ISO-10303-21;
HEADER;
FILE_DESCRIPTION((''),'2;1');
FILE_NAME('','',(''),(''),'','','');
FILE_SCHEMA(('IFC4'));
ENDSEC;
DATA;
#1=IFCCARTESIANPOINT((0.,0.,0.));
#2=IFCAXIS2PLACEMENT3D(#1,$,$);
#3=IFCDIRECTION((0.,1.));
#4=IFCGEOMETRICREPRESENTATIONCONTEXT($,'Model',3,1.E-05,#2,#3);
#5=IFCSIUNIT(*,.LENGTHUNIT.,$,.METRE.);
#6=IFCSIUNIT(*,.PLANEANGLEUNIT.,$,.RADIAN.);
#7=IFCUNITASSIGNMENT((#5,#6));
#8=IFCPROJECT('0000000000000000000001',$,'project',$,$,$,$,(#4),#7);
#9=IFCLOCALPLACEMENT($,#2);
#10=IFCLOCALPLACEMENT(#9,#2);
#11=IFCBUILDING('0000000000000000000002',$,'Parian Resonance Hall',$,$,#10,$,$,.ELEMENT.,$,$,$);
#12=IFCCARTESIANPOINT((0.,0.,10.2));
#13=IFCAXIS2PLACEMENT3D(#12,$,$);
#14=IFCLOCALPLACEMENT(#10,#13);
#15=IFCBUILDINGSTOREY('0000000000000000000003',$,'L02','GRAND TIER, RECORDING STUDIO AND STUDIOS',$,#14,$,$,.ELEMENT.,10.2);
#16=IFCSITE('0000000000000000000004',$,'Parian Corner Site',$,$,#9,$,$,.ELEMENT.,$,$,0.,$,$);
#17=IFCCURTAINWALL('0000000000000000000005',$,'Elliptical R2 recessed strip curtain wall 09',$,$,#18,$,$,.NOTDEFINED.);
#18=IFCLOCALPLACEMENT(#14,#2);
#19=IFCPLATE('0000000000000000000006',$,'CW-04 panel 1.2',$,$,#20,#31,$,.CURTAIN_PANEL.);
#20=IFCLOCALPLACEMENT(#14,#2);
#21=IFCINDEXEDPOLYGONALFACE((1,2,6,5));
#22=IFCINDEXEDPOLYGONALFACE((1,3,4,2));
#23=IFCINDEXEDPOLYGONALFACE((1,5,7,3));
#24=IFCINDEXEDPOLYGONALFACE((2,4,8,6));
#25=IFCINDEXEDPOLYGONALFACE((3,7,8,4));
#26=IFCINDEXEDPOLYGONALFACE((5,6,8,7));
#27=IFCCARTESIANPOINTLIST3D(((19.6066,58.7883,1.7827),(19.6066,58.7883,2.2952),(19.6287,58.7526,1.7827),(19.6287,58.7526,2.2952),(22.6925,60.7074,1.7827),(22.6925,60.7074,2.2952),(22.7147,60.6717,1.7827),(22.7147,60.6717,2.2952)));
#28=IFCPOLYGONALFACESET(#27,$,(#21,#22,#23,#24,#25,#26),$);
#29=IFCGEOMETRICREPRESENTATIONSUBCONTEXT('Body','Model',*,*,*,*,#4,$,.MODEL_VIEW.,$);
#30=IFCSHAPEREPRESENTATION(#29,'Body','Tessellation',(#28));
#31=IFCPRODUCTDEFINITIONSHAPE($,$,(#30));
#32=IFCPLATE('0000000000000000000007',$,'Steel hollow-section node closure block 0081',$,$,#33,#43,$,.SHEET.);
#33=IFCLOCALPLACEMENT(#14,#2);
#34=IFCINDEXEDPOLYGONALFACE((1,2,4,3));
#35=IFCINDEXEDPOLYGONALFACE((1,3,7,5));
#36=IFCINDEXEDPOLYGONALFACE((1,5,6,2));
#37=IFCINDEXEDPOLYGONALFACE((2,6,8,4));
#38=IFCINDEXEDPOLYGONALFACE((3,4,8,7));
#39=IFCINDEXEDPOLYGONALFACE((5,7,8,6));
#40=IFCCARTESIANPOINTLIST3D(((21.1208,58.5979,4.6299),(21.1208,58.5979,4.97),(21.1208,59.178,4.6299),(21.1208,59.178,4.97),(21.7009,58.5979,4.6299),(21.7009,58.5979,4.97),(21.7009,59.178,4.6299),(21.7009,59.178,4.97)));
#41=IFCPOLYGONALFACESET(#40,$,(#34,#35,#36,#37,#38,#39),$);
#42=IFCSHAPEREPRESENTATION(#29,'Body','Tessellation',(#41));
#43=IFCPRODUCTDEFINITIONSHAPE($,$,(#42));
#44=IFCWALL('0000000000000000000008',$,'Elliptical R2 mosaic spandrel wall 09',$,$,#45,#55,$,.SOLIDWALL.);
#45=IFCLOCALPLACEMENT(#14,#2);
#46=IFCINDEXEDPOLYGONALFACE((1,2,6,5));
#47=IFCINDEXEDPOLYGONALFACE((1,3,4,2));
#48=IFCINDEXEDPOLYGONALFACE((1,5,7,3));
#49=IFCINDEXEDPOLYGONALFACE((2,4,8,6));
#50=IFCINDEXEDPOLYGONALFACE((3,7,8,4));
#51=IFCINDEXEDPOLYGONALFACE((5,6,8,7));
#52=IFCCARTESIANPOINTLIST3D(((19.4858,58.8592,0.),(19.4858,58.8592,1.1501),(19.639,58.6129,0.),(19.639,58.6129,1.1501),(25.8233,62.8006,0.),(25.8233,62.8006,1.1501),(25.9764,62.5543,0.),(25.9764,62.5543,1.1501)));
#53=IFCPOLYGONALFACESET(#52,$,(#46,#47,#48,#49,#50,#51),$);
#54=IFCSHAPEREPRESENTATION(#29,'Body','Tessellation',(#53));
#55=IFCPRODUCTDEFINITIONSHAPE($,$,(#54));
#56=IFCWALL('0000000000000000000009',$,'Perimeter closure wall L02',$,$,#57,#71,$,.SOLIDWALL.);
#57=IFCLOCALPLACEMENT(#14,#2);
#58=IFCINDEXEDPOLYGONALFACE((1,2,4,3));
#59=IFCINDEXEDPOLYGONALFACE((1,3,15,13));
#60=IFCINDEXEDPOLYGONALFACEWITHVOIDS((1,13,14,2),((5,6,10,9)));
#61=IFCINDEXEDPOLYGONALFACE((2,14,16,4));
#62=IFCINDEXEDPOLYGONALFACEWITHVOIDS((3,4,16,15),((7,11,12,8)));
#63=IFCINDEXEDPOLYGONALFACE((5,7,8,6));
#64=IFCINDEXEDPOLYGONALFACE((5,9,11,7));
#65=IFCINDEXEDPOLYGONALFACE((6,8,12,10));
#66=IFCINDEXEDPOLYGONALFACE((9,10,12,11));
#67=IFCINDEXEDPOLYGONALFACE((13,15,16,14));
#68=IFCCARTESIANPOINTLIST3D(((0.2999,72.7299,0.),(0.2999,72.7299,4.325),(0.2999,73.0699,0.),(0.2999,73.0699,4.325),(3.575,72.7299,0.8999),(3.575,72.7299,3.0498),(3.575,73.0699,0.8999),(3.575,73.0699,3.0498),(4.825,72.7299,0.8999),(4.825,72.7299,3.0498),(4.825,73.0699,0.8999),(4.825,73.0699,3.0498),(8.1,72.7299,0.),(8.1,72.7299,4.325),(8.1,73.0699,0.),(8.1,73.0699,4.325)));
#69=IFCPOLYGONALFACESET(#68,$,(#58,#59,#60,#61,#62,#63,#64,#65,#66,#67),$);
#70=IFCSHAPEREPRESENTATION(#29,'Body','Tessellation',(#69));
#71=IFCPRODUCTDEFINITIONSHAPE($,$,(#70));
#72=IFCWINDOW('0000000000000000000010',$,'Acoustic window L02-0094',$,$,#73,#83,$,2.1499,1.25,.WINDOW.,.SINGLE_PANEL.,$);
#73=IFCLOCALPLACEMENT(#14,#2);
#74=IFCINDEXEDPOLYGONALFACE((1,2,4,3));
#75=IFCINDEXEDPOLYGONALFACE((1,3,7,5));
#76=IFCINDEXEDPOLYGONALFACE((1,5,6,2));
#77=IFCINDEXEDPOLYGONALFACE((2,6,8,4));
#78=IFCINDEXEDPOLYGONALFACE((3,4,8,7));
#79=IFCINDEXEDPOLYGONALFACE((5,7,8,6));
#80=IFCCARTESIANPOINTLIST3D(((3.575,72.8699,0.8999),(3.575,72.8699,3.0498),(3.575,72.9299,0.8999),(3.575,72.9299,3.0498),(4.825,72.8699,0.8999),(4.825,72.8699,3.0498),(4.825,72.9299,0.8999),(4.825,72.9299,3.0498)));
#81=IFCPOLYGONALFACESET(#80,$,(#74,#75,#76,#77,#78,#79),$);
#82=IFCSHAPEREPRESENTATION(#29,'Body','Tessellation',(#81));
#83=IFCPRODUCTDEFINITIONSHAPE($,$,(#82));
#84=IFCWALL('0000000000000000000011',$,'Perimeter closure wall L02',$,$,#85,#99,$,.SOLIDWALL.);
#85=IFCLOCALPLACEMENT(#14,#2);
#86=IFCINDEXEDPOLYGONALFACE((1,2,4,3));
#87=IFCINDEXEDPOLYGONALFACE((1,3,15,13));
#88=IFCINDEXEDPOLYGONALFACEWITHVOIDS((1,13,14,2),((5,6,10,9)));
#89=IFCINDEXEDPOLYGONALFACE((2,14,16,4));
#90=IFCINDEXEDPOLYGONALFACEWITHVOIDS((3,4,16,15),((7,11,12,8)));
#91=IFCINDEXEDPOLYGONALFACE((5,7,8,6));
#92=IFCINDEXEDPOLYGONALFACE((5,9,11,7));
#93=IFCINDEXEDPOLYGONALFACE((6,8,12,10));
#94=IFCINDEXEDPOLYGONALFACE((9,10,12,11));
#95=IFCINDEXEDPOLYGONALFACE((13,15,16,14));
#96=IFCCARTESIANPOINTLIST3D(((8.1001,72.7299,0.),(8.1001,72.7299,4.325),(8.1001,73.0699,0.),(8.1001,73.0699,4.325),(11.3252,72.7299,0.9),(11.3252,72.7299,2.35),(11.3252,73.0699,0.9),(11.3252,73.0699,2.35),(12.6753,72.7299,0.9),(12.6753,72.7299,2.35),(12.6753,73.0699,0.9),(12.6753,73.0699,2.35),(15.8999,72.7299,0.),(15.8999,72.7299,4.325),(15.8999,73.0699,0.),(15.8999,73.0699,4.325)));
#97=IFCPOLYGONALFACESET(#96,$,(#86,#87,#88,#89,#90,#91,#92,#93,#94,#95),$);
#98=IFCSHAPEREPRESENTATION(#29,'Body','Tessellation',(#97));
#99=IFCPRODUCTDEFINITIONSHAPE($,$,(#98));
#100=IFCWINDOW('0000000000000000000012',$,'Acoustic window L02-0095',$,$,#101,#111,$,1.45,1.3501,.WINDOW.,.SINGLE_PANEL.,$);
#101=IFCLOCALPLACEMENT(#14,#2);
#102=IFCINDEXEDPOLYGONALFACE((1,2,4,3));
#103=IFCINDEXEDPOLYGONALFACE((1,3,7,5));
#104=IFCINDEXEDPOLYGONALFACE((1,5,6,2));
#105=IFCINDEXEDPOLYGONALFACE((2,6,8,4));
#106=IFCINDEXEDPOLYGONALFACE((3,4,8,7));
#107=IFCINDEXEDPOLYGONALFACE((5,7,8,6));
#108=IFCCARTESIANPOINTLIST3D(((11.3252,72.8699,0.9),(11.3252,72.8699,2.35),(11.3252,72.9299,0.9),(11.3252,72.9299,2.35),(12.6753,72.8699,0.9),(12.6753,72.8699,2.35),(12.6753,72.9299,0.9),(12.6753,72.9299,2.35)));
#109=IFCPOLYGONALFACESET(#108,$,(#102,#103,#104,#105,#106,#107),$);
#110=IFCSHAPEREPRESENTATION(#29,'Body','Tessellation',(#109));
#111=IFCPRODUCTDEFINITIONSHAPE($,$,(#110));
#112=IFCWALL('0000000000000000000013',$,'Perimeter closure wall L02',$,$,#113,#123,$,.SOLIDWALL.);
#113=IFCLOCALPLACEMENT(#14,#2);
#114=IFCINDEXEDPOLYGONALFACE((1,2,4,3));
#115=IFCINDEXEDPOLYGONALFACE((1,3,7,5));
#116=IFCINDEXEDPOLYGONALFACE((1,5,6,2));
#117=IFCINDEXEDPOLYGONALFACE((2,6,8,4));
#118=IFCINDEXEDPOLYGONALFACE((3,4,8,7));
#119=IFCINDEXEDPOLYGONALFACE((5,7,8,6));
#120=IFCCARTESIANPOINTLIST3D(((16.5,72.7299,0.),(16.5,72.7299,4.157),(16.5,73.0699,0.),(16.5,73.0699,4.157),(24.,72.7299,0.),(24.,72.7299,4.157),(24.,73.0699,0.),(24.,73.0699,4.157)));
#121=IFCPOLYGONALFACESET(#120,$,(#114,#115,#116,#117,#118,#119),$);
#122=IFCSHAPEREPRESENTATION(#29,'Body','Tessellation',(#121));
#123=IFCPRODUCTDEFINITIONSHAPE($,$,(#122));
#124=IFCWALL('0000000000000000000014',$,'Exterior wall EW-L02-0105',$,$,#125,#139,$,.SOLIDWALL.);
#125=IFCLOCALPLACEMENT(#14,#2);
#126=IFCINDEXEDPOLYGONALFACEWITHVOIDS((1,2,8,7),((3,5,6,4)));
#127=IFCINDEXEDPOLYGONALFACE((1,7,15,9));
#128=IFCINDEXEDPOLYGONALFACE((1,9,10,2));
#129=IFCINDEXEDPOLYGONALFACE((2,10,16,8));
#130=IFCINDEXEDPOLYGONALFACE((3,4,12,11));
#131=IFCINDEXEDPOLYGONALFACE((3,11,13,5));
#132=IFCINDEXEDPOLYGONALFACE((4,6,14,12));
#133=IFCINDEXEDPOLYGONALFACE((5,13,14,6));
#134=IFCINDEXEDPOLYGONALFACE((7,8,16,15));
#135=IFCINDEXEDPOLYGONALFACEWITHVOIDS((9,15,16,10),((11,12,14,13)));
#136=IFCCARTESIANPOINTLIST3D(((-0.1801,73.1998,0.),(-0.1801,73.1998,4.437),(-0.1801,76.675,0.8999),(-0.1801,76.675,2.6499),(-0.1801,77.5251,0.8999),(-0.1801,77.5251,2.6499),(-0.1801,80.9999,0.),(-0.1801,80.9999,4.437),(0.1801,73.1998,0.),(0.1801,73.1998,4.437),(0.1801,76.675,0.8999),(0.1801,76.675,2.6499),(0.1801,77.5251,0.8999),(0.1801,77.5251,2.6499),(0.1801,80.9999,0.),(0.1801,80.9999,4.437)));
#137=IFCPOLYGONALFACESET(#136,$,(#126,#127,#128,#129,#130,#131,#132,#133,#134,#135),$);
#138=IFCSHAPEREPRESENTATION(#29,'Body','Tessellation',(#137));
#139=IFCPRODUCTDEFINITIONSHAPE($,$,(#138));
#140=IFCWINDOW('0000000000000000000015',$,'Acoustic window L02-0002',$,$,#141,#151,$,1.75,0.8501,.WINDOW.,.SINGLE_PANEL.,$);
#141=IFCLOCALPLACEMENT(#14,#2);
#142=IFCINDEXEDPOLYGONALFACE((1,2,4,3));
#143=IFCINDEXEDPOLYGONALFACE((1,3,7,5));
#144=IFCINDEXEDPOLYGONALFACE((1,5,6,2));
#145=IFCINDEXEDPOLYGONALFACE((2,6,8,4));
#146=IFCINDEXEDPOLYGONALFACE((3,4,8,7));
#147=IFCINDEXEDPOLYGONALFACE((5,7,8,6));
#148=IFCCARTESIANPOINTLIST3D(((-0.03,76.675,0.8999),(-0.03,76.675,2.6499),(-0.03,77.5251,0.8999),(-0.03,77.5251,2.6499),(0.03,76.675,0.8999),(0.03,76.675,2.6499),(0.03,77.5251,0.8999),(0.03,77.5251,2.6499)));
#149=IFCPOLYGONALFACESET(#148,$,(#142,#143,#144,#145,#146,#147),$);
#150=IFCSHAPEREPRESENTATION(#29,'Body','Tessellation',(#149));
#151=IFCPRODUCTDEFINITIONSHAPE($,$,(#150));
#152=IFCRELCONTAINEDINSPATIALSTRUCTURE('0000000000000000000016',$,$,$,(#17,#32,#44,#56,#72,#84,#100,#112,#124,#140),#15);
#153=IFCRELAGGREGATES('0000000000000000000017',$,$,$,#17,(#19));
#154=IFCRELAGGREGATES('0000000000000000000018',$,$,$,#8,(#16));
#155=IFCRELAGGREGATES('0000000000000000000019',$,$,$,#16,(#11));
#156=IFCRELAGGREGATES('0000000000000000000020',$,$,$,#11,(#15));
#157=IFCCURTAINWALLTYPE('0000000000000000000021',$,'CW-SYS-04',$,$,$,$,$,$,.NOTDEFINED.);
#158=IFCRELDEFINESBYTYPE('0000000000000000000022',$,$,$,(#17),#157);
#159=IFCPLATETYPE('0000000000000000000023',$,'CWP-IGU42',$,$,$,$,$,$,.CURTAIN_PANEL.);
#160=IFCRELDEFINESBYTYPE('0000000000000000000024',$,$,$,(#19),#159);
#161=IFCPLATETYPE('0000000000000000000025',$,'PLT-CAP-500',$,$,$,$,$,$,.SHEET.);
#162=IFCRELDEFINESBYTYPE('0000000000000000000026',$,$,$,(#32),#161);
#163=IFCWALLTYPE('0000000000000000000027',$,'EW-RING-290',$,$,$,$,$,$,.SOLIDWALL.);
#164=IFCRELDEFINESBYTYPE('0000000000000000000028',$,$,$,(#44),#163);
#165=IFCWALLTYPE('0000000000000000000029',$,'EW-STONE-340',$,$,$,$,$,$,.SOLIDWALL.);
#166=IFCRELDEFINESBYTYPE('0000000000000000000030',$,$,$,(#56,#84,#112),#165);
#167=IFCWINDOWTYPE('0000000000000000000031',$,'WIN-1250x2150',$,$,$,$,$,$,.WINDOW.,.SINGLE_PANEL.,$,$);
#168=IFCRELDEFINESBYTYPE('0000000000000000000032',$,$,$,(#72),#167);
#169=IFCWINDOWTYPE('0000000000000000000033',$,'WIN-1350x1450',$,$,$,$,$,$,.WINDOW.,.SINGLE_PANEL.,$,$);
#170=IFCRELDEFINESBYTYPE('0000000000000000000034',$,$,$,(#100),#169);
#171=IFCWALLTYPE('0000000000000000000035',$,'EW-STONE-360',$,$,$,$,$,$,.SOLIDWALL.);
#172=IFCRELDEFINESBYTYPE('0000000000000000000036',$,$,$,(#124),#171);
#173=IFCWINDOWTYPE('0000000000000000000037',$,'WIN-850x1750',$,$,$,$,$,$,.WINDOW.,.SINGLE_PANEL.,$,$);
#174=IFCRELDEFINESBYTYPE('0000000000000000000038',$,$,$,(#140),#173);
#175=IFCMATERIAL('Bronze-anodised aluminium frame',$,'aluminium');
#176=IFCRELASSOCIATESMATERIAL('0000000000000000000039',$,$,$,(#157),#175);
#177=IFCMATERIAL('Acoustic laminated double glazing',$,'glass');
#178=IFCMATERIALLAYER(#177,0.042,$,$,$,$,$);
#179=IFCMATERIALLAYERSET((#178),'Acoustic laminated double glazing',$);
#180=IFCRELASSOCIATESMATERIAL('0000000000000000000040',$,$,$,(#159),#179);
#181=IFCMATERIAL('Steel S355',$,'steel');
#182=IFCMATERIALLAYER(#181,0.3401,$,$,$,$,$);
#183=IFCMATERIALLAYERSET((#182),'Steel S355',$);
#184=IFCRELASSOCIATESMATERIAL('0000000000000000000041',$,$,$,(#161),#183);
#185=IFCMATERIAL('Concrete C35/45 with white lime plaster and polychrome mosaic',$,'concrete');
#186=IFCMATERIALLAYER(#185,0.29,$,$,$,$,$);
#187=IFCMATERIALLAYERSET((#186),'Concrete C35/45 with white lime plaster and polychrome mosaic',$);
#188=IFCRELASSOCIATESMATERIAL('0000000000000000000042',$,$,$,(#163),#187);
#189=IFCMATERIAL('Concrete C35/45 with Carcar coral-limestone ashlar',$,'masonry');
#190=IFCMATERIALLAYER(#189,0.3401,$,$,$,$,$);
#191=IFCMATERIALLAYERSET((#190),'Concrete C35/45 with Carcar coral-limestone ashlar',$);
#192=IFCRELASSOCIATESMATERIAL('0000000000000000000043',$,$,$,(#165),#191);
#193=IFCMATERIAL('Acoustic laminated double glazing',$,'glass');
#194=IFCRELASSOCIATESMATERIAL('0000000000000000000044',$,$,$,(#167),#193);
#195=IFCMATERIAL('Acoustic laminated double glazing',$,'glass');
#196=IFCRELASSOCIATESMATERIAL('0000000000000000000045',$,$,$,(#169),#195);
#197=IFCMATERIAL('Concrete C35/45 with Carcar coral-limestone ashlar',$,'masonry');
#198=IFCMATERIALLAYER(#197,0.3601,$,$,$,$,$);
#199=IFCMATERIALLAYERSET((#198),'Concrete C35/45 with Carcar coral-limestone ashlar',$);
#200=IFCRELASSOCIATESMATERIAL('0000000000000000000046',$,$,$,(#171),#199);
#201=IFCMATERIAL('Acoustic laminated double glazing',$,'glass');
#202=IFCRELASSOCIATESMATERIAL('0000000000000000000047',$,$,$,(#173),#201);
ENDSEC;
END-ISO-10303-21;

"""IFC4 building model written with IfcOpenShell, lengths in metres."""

from ifc_helpers import new_model, si_unit, direction, frame, frame_2d, origin, origin_2d, place, context, subcontext, project, spatial, rectangle, extrude, material, layer, layer_set, type_object, element, fill, aggregate, save


model = new_model("IFC4")

# Units and contexts
model_context = context("Model", 3, precision=1e-05, world=origin(), true_north=direction((0.0, 1.0)))
body_context = subcontext(model_context, "Body", "Model", "MODEL_VIEW")
ifc_project = project(units=[si_unit("LENGTHUNIT", "METRE"), si_unit("PLANEANGLEUNIT", "RADIAN")], contexts=[model_context])

# Site, building, storey
site_placement = place(None, origin())
site = spatial("IfcSite", under=ifc_project, at=site_placement, Name="Parian Corner Site", CompositionType="ELEMENT", RefElevation=0.0)
building_placement = place(site_placement, origin())
building = spatial("IfcBuilding", under=site, at=building_placement, Name="Parian Resonance Hall", CompositionType="ELEMENT")
storey_placement = place(building_placement, frame((0.0, 0.0, 10.2)))
storey = spatial("IfcBuildingStorey", under=building, at=storey_placement, Name="L02", Description="GRAND TIER, RECORDING STUDIO AND STUDIOS", CompositionType="ELEMENT", Elevation=10.2)

# Curtain wall
ifc_material_1 = material(Name="Bronze-anodised aluminium frame", Category="aluminium")
curtain_wall_type_1 = type_object("IfcCurtainWallType", Name="CW-SYS-04", PredefinedType="NOTDEFINED", material=ifc_material_1)
curtain_wall_1_placement = place(storey_placement, origin())
curtain_wall_1 = element("IfcCurtainWall", 1, at=curtain_wall_1_placement, inside=storey, type_object=curtain_wall_type_1, Name="Elliptical R2 recessed strip curtain wall 09", PredefinedType="NOTDEFINED")

# Plates
ifc_material_2 = material(Name="Acoustic laminated double glazing", Category="glass")
ifc_layer_1 = layer(ifc_material_2, 0.042)
ifc_layer_set_1 = layer_set([ifc_layer_1], Name="Acoustic laminated double glazing")
plate_type_1 = type_object("IfcPlateType", Name="CWP-IGU42", PredefinedType="CURTAIN_PANEL", material=ifc_layer_set_1)
plate_1_placement = place(storey_placement, frame((21.1606, 59.73, 1.7827), z_axis=(0.0, 0.0, 1.0), x_axis=(0.849185, 0.528096, 0.0)))
plate_1 = element("IfcPlate", 2, at=plate_1_placement, type_object=plate_type_1, Name="CW-04 panel 1.2", PredefinedType="CURTAIN_PANEL", context=body_context, shape_type="SweptSolid", body=[
    extrude(rectangle(XDim=3.634, YDim=0.042, at=origin_2d()), origin(), (0.0, 0.0, 1.0), 0.5125),
])
aggregate(curtain_wall_1, [plate_1])
ifc_material_3 = material(Name="Steel S355", Category="steel")
ifc_layer_2 = layer(ifc_material_3, 0.3401)
ifc_layer_set_2 = layer_set([ifc_layer_2], Name="Steel S355")
plate_type_2 = type_object("IfcPlateType", Name="PLT-CAP-500", PredefinedType="SHEET", material=ifc_layer_set_2)
plate_2_placement = place(storey_placement, frame((21.4109, 58.8879, 4.6299), z_axis=(0.0, 0.0, 1.0), x_axis=(1.0, 0.0, 0.0)))
element("IfcPlate", 3, at=plate_2_placement, inside=storey, type_object=plate_type_2, Name="Steel hollow-section node closure block 0081", PredefinedType="SHEET", context=body_context, shape_type="SweptSolid", body=[
    extrude(rectangle(XDim=0.5801, YDim=0.5801, at=origin_2d()), origin(), (0.0, 0.0, 1.0), 0.3401),
])

# Wall
ifc_material_4 = material(Name="Concrete C35/45 with white lime plaster and polychrome mosaic", Category="concrete")
ifc_layer_3 = layer(ifc_material_4, 0.29)
ifc_layer_set_3 = layer_set([ifc_layer_3], Name="Concrete C35/45 with white lime plaster and polychrome mosaic")
wall_type_1 = type_object("IfcWallType", Name="EW-RING-290", PredefinedType="SOLIDWALL", material=ifc_layer_set_3)
wall_1_placement = place(storey_placement, frame((19.5625, 58.7361, 0.0), z_axis=(0.0, 0.0, 1.0), x_axis=(0.849169, 0.528122, 0.0)))
element("IfcWall", 4, at=wall_1_placement, inside=storey, type_object=wall_type_1, Name="Elliptical R2 mosaic spandrel wall 09", PredefinedType="SOLIDWALL", context=body_context, shape_type="SweptSolid", body=[
    extrude(rectangle(XDim=7.4631, YDim=0.29, at=frame_2d((3.7314, 0.0))), origin(), (0.0, 0.0, 1.0), 1.1501),
])

# Walls, openings, windows
ifc_material_5 = material(Name="Concrete C35/45 with Carcar coral-limestone ashlar", Category="masonry")
ifc_layer_4 = layer(ifc_material_5, 0.3401)
ifc_layer_set_4 = layer_set([ifc_layer_4], Name="Concrete C35/45 with Carcar coral-limestone ashlar")
wall_type_2 = type_object("IfcWallType", Name="EW-STONE-340", PredefinedType="SOLIDWALL", material=ifc_layer_set_4)
wall_2_placement = place(storey_placement, frame((0.3, 72.8999, 0.0), z_axis=(0.0, 0.0, 1.0), x_axis=(1.0, 0.0, 0.0)))
wall_2 = element("IfcWall", 5, at=wall_2_placement, inside=storey, type_object=wall_type_2, Name="Perimeter closure wall L02", PredefinedType="SOLIDWALL", context=body_context, shape_type="SweptSolid", body=[
    extrude(rectangle(XDim=7.8, YDim=0.3401, at=frame_2d((3.8999, 0.0))), origin(), (0.0, 0.0, 1.0), 4.325),
])
opening_1_placement = place(wall_2_placement, frame((3.2749, 0.0, 0.8999)))
opening_1 = element("IfcOpeningElement", 6, at=opening_1_placement, cuts=wall_2, PredefinedType="OPENING", context=body_context, shape_type="SweptSolid", body=[
    extrude(rectangle(XDim=1.25, YDim=2.1499, at=frame_2d((0.625, 1.075))), frame((0.0, 0.1799, 0.0), z_axis=(0.0, -1.0, 0.0), x_axis=(1.0, 0.0, 0.0)), (0.0, 0.0, 1.0), 0.3601),
])
ifc_material_6 = material(Name="Acoustic laminated double glazing", Category="glass")
window_type_1 = type_object("IfcWindowType", Name="WIN-1250x2150", PartitioningType="SINGLE_PANEL", PredefinedType="WINDOW", material=ifc_material_6)
window_1_placement = place(opening_1_placement, origin())
window_1 = element("IfcWindow", 7, at=window_1_placement, inside=storey, type_object=window_type_1, Name="Acoustic window L02-0094", OverallHeight=2.1499, OverallWidth=1.25, PartitioningType="SINGLE_PANEL", PredefinedType="WINDOW", context=body_context, shape_type="SweptSolid", body=[
    extrude(rectangle(XDim=1.25, YDim=2.1499, at=frame_2d((0.625, 1.075))), frame((0.0, 0.03, 0.0), z_axis=(0.0, -1.0, 0.0), x_axis=(1.0, 0.0, 0.0)), (0.0, 0.0, 1.0), 0.0601),
])
fill(opening_1, window_1)
wall_3_placement = place(storey_placement, frame((8.1001, 72.8999, 0.0), z_axis=(0.0, 0.0, 1.0), x_axis=(1.0, 0.0, 0.0)))
wall_3 = element("IfcWall", 8, at=wall_3_placement, inside=storey, type_object=wall_type_2, Name="Perimeter closure wall L02", PredefinedType="SOLIDWALL", context=body_context, shape_type="SweptSolid", body=[
    extrude(rectangle(XDim=7.7998, YDim=0.3401, at=frame_2d((3.8999, 0.0))), origin(), (0.0, 0.0, 1.0), 4.325),
])
opening_2_placement = place(wall_3_placement, frame((3.2251, 0.0, 0.8999)))
opening_2 = element("IfcOpeningElement", 9, at=opening_2_placement, cuts=wall_3, PredefinedType="OPENING", context=body_context, shape_type="SweptSolid", body=[
    extrude(rectangle(XDim=1.3501, YDim=1.45, at=frame_2d((0.675, 0.7251))), frame((0.0, 0.1799, 0.0), z_axis=(0.0, -1.0, 0.0), x_axis=(1.0, 0.0, 0.0)), (0.0, 0.0, 1.0), 0.3601),
])
ifc_material_7 = material(Name="Acoustic laminated double glazing", Category="glass")
window_type_2 = type_object("IfcWindowType", Name="WIN-1350x1450", PartitioningType="SINGLE_PANEL", PredefinedType="WINDOW", material=ifc_material_7)
window_2_placement = place(opening_2_placement, origin())
window_2 = element("IfcWindow", 10, at=window_2_placement, inside=storey, type_object=window_type_2, Name="Acoustic window L02-0095", OverallHeight=1.45, OverallWidth=1.3501, PartitioningType="SINGLE_PANEL", PredefinedType="WINDOW", context=body_context, shape_type="SweptSolid", body=[
    extrude(rectangle(XDim=1.3501, YDim=1.45, at=frame_2d((0.675, 0.7251))), frame((0.0, 0.03, 0.0), z_axis=(0.0, -1.0, 0.0), x_axis=(1.0, 0.0, 0.0)), (0.0, 0.0, 1.0), 0.0601),
])
fill(opening_2, window_2)

# Wall
wall_4_placement = place(storey_placement, frame((16.5, 72.8999, 0.0), z_axis=(0.0, 0.0, 1.0), x_axis=(1.0, 0.0, 0.0)))
element("IfcWall", 11, at=wall_4_placement, inside=storey, type_object=wall_type_2, Name="Perimeter closure wall L02", PredefinedType="SOLIDWALL", context=body_context, shape_type="SweptSolid", body=[
    extrude(rectangle(XDim=7.5, YDim=0.3401, at=frame_2d((3.75, 0.0))), origin(), (0.0, 0.0, 1.0), 4.157),
])

# Wall, opening, window
ifc_material_8 = material(Name="Concrete C35/45 with Carcar coral-limestone ashlar", Category="masonry")
ifc_layer_5 = layer(ifc_material_8, 0.3601)
ifc_layer_set_5 = layer_set([ifc_layer_5], Name="Concrete C35/45 with Carcar coral-limestone ashlar")
wall_type_3 = type_object("IfcWallType", Name="EW-STONE-360", PredefinedType="SOLIDWALL", material=ifc_layer_set_5)
wall_5_placement = place(storey_placement, frame((0.0, 73.2, 0.0), z_axis=(0.0, 0.0, 1.0), x_axis=(0.0, 1.0, 0.0)))
wall_5 = element("IfcWall", 12, at=wall_5_placement, inside=storey, type_object=wall_type_3, Name="Exterior wall EW-L02-0105", PredefinedType="SOLIDWALL", context=body_context, shape_type="SweptSolid", body=[
    extrude(rectangle(XDim=7.8, YDim=0.3601, at=frame_2d((3.8999, 0.0))), origin(), (0.0, 0.0, 1.0), 4.437),
])
opening_3_placement = place(wall_5_placement, frame((3.4751, 0.0, 0.8999)))
opening_3 = element("IfcOpeningElement", 13, at=opening_3_placement, cuts=wall_5, PredefinedType="OPENING", context=body_context, shape_type="SweptSolid", body=[
    extrude(rectangle(XDim=0.8501, YDim=1.75, at=frame_2d((0.425, 0.875))), frame((0.0, 0.1899, 0.0), z_axis=(0.0, -1.0, 0.0), x_axis=(1.0, 0.0, 0.0)), (0.0, 0.0, 1.0), 0.3801),
])
ifc_material_9 = material(Name="Acoustic laminated double glazing", Category="glass")
window_type_3 = type_object("IfcWindowType", Name="WIN-850x1750", PartitioningType="SINGLE_PANEL", PredefinedType="WINDOW", material=ifc_material_9)
window_3_placement = place(opening_3_placement, origin())
window_3 = element("IfcWindow", 14, at=window_3_placement, inside=storey, type_object=window_type_3, Name="Acoustic window L02-0002", OverallHeight=1.75, OverallWidth=0.8501, PartitioningType="SINGLE_PANEL", PredefinedType="WINDOW", context=body_context, shape_type="SweptSolid", body=[
    extrude(rectangle(XDim=0.8501, YDim=1.75, at=frame_2d((0.425, 0.875))), frame((0.0, 0.03, 0.0), z_axis=(0.0, -1.0, 0.0), x_axis=(1.0, 0.0, 0.0)), (0.0, 0.0, 1.0), 0.0601),
])
fill(opening_3, window_3)

save(model, "model.ifc")
